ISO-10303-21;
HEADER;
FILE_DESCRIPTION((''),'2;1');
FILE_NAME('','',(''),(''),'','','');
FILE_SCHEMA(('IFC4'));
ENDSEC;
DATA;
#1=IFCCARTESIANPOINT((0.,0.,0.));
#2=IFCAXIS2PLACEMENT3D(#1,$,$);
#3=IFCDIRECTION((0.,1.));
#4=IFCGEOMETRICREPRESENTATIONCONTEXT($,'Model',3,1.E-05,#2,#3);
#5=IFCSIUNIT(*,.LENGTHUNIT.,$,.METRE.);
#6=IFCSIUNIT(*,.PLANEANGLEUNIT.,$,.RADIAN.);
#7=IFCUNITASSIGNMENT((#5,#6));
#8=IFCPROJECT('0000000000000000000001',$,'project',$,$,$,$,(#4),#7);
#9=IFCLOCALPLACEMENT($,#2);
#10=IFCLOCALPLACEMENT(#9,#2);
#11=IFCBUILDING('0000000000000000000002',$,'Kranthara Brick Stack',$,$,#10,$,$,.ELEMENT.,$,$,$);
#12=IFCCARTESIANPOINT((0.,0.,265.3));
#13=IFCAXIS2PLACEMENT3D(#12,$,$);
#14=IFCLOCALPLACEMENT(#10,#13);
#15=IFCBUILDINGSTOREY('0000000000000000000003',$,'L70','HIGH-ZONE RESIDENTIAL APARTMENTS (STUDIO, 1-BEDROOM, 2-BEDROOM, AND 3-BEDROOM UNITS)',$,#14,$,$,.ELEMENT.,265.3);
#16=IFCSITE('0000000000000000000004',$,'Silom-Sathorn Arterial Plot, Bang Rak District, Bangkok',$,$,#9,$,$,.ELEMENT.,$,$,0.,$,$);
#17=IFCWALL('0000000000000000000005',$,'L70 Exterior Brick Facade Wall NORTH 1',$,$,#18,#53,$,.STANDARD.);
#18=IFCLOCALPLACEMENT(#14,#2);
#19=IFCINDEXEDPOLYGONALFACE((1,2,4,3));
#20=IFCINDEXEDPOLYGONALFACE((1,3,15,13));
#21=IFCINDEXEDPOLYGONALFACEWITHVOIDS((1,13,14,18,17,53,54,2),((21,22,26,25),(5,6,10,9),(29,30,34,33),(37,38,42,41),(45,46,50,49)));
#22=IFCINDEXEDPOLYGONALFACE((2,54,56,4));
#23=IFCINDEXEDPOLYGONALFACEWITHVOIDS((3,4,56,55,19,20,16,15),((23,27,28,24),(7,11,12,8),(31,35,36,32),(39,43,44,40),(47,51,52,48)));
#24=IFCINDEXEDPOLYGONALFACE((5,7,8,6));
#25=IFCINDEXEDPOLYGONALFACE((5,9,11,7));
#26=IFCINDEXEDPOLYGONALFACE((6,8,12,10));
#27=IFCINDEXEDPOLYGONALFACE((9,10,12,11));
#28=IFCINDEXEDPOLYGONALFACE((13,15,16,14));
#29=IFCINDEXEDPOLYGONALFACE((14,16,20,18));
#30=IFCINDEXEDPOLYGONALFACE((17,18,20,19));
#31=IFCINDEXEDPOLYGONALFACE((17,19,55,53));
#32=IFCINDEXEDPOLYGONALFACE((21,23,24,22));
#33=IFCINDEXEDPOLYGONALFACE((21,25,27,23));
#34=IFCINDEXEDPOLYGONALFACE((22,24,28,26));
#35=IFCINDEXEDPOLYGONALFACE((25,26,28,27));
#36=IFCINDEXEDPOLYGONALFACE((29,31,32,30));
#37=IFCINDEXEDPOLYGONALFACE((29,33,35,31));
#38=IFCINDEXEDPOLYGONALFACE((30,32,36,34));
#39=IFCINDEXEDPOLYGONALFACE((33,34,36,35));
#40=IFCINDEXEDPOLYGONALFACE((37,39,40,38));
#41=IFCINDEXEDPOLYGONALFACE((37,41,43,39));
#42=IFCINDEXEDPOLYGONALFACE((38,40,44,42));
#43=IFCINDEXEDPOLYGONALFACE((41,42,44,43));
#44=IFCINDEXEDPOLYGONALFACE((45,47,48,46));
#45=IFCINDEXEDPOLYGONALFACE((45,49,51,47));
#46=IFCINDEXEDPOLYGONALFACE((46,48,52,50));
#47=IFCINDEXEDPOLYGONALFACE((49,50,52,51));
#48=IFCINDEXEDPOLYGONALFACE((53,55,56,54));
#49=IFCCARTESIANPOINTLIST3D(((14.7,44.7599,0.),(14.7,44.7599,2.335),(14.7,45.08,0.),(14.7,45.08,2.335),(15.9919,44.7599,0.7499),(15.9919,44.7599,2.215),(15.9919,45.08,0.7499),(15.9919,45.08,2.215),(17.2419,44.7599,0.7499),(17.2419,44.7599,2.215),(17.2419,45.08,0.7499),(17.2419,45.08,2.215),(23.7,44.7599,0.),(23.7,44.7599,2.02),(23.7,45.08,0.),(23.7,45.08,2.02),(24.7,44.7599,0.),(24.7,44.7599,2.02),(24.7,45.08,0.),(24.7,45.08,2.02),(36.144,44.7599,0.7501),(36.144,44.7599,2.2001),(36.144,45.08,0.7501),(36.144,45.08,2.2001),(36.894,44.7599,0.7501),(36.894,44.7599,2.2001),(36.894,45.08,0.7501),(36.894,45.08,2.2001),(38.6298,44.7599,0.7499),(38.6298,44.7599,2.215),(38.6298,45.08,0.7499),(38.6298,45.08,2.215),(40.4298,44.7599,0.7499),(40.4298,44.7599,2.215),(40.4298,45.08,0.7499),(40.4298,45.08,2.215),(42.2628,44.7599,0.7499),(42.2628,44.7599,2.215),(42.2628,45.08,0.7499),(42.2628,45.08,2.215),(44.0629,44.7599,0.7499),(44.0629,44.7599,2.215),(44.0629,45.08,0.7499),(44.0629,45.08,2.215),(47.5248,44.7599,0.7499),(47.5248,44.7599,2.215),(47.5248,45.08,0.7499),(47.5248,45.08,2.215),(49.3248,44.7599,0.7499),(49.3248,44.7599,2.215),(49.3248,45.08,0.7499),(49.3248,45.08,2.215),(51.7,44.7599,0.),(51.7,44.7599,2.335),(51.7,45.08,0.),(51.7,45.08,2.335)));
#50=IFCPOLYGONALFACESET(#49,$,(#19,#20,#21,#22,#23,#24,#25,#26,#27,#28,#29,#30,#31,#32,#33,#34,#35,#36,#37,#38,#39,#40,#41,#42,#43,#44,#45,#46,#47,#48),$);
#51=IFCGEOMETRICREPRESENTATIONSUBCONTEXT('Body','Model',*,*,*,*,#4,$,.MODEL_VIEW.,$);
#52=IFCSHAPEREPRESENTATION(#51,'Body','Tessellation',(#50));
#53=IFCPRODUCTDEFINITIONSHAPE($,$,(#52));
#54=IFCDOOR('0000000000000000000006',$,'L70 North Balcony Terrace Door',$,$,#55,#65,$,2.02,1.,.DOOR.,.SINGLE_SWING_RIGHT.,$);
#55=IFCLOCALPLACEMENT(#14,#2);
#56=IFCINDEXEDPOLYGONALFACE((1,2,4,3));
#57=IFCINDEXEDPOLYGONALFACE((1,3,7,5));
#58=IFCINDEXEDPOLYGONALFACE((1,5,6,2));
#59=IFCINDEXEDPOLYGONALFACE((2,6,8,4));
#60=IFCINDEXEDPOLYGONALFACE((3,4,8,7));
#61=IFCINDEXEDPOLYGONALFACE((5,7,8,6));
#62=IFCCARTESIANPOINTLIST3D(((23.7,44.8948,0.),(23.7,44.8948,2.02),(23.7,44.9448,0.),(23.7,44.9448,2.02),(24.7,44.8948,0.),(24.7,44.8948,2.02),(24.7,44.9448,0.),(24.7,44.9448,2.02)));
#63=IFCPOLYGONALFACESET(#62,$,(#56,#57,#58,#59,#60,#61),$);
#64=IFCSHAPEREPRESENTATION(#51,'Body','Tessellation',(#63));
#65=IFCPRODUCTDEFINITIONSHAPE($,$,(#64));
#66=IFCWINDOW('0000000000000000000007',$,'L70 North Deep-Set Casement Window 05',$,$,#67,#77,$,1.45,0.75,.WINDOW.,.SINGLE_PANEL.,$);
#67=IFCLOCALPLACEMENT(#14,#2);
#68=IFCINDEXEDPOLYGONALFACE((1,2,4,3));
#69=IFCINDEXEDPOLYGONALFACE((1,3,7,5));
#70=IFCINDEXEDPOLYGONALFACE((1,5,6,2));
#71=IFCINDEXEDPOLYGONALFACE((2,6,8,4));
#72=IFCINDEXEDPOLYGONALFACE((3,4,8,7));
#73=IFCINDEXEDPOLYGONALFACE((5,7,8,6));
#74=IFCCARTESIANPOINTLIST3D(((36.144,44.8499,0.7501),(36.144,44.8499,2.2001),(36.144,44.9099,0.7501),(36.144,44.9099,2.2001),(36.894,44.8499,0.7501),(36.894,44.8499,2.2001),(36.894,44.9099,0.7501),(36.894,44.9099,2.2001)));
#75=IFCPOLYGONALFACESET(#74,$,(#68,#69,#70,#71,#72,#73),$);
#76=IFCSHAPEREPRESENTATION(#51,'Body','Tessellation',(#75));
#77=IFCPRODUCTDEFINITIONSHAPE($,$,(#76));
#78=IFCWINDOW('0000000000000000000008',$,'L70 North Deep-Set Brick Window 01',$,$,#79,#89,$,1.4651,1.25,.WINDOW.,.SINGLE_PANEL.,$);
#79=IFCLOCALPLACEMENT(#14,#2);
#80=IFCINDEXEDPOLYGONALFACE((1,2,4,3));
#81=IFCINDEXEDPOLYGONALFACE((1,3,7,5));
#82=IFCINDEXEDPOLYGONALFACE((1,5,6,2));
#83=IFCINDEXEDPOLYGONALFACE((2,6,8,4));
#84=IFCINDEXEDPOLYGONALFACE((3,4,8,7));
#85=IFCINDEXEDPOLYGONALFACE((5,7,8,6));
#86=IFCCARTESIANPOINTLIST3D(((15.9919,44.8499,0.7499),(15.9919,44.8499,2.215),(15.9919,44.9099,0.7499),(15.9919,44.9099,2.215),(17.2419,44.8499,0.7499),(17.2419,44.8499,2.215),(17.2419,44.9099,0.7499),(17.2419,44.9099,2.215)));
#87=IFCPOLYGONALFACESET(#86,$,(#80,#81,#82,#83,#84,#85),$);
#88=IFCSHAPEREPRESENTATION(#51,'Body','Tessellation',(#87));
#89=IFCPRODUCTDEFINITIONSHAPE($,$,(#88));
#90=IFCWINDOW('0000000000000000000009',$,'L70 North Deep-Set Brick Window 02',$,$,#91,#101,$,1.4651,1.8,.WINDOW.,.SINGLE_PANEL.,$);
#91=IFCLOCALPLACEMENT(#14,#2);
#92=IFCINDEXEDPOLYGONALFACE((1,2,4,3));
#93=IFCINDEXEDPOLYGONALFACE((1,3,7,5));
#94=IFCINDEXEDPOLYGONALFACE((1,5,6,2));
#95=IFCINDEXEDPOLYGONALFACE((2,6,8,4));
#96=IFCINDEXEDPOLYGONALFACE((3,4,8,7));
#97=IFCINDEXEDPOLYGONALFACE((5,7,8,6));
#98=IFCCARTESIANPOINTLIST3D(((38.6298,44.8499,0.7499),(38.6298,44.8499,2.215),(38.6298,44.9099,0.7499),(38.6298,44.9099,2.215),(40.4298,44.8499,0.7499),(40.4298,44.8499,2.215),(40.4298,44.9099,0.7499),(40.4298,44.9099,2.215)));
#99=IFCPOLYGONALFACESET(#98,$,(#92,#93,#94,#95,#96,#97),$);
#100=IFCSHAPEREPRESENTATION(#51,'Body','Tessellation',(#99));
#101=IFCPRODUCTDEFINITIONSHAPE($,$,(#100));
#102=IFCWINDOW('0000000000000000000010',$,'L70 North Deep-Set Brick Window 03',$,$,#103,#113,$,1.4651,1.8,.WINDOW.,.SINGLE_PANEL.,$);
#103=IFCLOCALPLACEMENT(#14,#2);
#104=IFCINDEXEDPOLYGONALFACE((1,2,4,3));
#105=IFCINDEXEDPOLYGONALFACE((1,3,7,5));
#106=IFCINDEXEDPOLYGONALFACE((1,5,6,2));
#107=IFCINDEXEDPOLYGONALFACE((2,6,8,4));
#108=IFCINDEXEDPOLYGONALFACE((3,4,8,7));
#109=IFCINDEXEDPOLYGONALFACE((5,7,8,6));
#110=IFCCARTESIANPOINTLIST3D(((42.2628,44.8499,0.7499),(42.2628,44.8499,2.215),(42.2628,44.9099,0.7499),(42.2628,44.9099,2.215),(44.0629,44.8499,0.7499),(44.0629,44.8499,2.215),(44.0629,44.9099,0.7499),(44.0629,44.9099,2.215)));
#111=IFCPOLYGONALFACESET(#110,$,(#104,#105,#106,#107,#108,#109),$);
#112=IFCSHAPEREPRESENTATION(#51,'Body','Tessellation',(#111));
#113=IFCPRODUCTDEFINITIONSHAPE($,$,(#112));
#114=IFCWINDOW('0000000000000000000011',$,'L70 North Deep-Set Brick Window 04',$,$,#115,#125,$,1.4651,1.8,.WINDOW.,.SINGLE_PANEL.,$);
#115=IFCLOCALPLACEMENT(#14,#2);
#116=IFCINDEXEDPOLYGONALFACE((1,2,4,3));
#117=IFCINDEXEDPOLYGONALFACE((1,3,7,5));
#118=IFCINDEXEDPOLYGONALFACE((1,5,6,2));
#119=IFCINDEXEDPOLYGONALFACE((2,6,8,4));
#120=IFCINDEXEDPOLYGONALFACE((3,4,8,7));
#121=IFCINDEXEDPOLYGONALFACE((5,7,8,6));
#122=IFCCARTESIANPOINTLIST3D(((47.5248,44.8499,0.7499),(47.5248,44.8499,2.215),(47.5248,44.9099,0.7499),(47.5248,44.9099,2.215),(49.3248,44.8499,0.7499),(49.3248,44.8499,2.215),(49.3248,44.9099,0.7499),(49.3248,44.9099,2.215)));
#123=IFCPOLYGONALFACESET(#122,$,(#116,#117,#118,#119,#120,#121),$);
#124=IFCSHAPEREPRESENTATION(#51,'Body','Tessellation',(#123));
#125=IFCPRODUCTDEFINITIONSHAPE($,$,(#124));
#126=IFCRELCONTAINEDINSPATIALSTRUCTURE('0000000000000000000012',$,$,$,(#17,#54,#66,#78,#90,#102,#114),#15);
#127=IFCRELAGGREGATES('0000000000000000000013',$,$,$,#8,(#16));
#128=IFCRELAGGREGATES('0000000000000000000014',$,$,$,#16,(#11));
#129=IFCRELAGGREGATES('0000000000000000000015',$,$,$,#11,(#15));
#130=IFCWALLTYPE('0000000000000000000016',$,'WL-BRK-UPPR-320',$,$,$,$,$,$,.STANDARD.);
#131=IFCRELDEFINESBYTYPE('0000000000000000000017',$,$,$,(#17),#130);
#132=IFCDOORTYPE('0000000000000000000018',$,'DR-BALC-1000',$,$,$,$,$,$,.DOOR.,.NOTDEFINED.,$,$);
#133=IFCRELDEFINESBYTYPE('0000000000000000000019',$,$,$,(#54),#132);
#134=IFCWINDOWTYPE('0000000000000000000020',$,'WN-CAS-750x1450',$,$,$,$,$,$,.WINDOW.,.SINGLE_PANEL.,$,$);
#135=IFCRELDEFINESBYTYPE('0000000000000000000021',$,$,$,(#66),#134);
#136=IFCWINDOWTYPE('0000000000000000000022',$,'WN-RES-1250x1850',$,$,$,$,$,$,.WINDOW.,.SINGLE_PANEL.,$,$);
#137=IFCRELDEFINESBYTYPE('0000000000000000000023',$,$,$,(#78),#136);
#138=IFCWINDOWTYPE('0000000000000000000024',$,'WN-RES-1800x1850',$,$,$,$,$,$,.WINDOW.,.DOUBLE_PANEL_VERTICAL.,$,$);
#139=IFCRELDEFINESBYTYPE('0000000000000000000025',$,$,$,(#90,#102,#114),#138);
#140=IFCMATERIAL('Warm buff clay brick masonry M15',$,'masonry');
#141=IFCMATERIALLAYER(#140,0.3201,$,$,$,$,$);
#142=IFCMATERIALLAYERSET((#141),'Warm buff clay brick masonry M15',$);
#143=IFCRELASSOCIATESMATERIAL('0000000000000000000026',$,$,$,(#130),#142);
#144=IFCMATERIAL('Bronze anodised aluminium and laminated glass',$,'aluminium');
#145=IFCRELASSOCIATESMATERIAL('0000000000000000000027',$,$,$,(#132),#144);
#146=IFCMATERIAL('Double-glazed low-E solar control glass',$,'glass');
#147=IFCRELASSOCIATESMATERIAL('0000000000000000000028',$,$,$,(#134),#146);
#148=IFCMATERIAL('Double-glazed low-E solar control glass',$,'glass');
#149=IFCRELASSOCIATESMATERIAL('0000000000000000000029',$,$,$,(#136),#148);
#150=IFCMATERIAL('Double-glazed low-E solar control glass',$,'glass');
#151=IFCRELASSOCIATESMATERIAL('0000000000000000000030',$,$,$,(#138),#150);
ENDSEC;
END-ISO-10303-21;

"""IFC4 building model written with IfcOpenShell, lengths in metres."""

from ifc_helpers import new_model, si_unit, direction, frame, frame_2d, origin, place, context, subcontext, project, spatial, rectangle, extrude, material, layer, layer_set, type_object, element, fill, save


model = new_model("IFC4")

# Units and contexts
model_context = context("Model", 3, precision=1e-05, world=origin(), true_north=direction((0.0, 1.0)))
body_context = subcontext(model_context, "Body", "Model", "MODEL_VIEW")
ifc_project = project(units=[si_unit("LENGTHUNIT", "METRE"), si_unit("PLANEANGLEUNIT", "RADIAN")], contexts=[model_context])

# Site, building, storey
site_placement = place(None, origin())
site = spatial("IfcSite", under=ifc_project, at=site_placement, Name="Silom-Sathorn Arterial Plot, Bang Rak District, Bangkok", CompositionType="ELEMENT", RefElevation=0.0)
building_placement = place(site_placement, origin())
building = spatial("IfcBuilding", under=site, at=building_placement, Name="Kranthara Brick Stack", CompositionType="ELEMENT")
storey_placement = place(building_placement, frame((0.0, 0.0, 265.3)))
storey = spatial("IfcBuildingStorey", under=building, at=storey_placement, Name="L70", Description="HIGH-ZONE RESIDENTIAL APARTMENTS (STUDIO, 1-BEDROOM, 2-BEDROOM, AND 3-BEDROOM UNITS)", CompositionType="ELEMENT", Elevation=265.3)

# Wall, openings, door, windows
ifc_material_1 = material(Name="Warm buff clay brick masonry M15", Category="masonry")
ifc_layer_1 = layer(ifc_material_1, 0.3201)
ifc_layer_set_1 = layer_set([ifc_layer_1], Name="Warm buff clay brick masonry M15")
wall_type_1 = type_object("IfcWallType", Name="WL-BRK-UPPR-320", PredefinedType="STANDARD", material=ifc_layer_set_1)
wall_1_placement = place(storey_placement, frame((14.7, 44.9199, 0.0), z_axis=(0.0, 0.0, 1.0), x_axis=(1.0, 0.0, 0.0)))
wall_1 = element("IfcWall", 1, at=wall_1_placement, inside=storey, type_object=wall_type_1, Name="L70 Exterior Brick Facade Wall NORTH 1", PredefinedType="STANDARD", context=body_context, shape_type="SweptSolid", body=[
    extrude(rectangle(XDim=37.0, YDim=0.3201, at=frame_2d((18.5, 0.0))), origin(), (0.0, 0.0, 1.0), 2.335),
])
opening_1_placement = place(wall_1_placement, frame((9.0, 0.0, 0.0)))
opening_1 = element("IfcOpeningElement", 2, at=opening_1_placement, cuts=wall_1, PredefinedType="OPENING", context=body_context, shape_type="SweptSolid", body=[
    extrude(rectangle(XDim=1.0, YDim=2.02, at=frame_2d((0.5, 1.01))), frame((0.0, 0.1699, 0.0), z_axis=(0.0, -1.0, 0.0), x_axis=(1.0, 0.0, 0.0)), (0.0, 0.0, 1.0), 0.3401),
])
opening_2_placement = place(wall_1_placement, frame((1.292, 0.0, 0.75)))
opening_2 = element("IfcOpeningElement", 3, at=opening_2_placement, cuts=wall_1, PredefinedType="OPENING", context=body_context, shape_type="SweptSolid", body=[
    extrude(rectangle(XDim=1.25, YDim=1.4651, at=frame_2d((0.625, 0.7324))), frame((0.0, 0.1699, 0.0), z_axis=(0.0, -1.0, 0.0), x_axis=(1.0, 0.0, 0.0)), (0.0, 0.0, 1.0), 0.3401),
])
opening_3_placement = place(wall_1_placement, frame((23.9299, 0.0, 0.75)))
opening_3 = element("IfcOpeningElement", 4, at=opening_3_placement, cuts=wall_1, PredefinedType="OPENING", context=body_context, shape_type="SweptSolid", body=[
    extrude(rectangle(XDim=1.8, YDim=1.4651, at=frame_2d((0.8999, 0.7324))), frame((0.0, 0.1699, 0.0), z_axis=(0.0, -1.0, 0.0), x_axis=(1.0, 0.0, 0.0)), (0.0, 0.0, 1.0), 0.3401),
])
opening_4_placement = place(wall_1_placement, frame((27.563, 0.0, 0.75)))
opening_4 = element("IfcOpeningElement", 5, at=opening_4_placement, cuts=wall_1, PredefinedType="OPENING", context=body_context, shape_type="SweptSolid", body=[
    extrude(rectangle(XDim=1.8, YDim=1.4651, at=frame_2d((0.8999, 0.7324))), frame((0.0, 0.1699, 0.0), z_axis=(0.0, -1.0, 0.0), x_axis=(1.0, 0.0, 0.0)), (0.0, 0.0, 1.0), 0.3401),
])
opening_5_placement = place(wall_1_placement, frame((32.825, 0.0, 0.75)))
opening_5 = element("IfcOpeningElement", 6, at=opening_5_placement, cuts=wall_1, PredefinedType="OPENING", context=body_context, shape_type="SweptSolid", body=[
    extrude(rectangle(XDim=1.8, YDim=1.4651, at=frame_2d((0.8999, 0.7324))), frame((0.0, 0.1699, 0.0), z_axis=(0.0, -1.0, 0.0), x_axis=(1.0, 0.0, 0.0)), (0.0, 0.0, 1.0), 0.3401),
])
opening_6_placement = place(wall_1_placement, frame((21.4441, 0.0, 0.75)))
opening_6 = element("IfcOpeningElement", 7, at=opening_6_placement, cuts=wall_1, PredefinedType="OPENING", context=body_context, shape_type="SweptSolid", body=[
    extrude(rectangle(XDim=0.75, YDim=1.45, at=frame_2d((0.375, 0.7251))), frame((0.0, 0.1699, 0.0), z_axis=(0.0, -1.0, 0.0), x_axis=(1.0, 0.0, 0.0)), (0.0, 0.0, 1.0), 0.3401),
])
ifc_material_2 = material(Name="Bronze anodised aluminium and laminated glass", Category="aluminium")
door_type_1 = type_object("IfcDoorType", Name="DR-BALC-1000", OperationType="NOTDEFINED", PredefinedType="DOOR", material=ifc_material_2)
door_1_placement = place(opening_1_placement, origin())
door_1 = element("IfcDoor", 8, at=door_1_placement, inside=storey, type_object=door_type_1, Name="L70 North Balcony Terrace Door", OperationType="SINGLE_SWING_RIGHT", OverallHeight=2.02, OverallWidth=1.0, PredefinedType="DOOR", context=body_context, shape_type="SweptSolid", body=[
    extrude(rectangle(XDim=1.0, YDim=2.02, at=frame_2d((0.5, 1.01))), frame((0.0, 0.0249, 0.0), z_axis=(0.0, -1.0, 0.0), x_axis=(1.0, 0.0, 0.0)), (0.0, 0.0, 1.0), 0.05),
])
fill(opening_1, door_1)
ifc_material_3 = material(Name="Double-glazed low-E solar control glass", Category="glass")
window_type_1 = type_object("IfcWindowType", Name="WN-CAS-750x1450", PartitioningType="SINGLE_PANEL", PredefinedType="WINDOW", material=ifc_material_3)
window_1_placement = place(opening_6_placement, origin())
window_1 = element("IfcWindow", 9, at=window_1_placement, inside=storey, type_object=window_type_1, Name="L70 North Deep-Set Casement Window 05", OverallHeight=1.45, OverallWidth=0.75, PartitioningType="SINGLE_PANEL", PredefinedType="WINDOW", context=body_context, shape_type="SweptSolid", body=[
    extrude(rectangle(XDim=0.75, YDim=1.45, at=frame_2d((0.375, 0.7251))), frame((0.0, -0.01, 0.0), z_axis=(0.0, -1.0, 0.0), x_axis=(1.0, 0.0, 0.0)), (0.0, 0.0, 1.0), 0.0601),
])
fill(opening_6, window_1)
ifc_material_4 = material(Name="Double-glazed low-E solar control glass", Category="glass")
window_type_2 = type_object("IfcWindowType", Name="WN-RES-1250x1850", PartitioningType="SINGLE_PANEL", PredefinedType="WINDOW", material=ifc_material_4)
window_2_placement = place(opening_2_placement, origin())
window_2 = element("IfcWindow", 10, at=window_2_placement, inside=storey, type_object=window_type_2, Name="L70 North Deep-Set Brick Window 01", OverallHeight=1.4651, OverallWidth=1.25, PartitioningType="SINGLE_PANEL", PredefinedType="WINDOW", context=body_context, shape_type="SweptSolid", body=[
    extrude(rectangle(XDim=1.25, YDim=1.4651, at=frame_2d((0.625, 0.7324))), frame((0.0, -0.01, 0.0), z_axis=(0.0, -1.0, 0.0), x_axis=(1.0, 0.0, 0.0)), (0.0, 0.0, 1.0), 0.0601),
])
fill(opening_2, window_2)
ifc_material_5 = material(Name="Double-glazed low-E solar control glass", Category="glass")
window_type_3 = type_object("IfcWindowType", Name="WN-RES-1800x1850", PartitioningType="DOUBLE_PANEL_VERTICAL", PredefinedType="WINDOW", material=ifc_material_5)
window_3_placement = place(opening_3_placement, origin())
window_3 = element("IfcWindow", 11, at=window_3_placement, inside=storey, type_object=window_type_3, Name="L70 North Deep-Set Brick Window 02", OverallHeight=1.4651, OverallWidth=1.8, PartitioningType="SINGLE_PANEL", PredefinedType="WINDOW", context=body_context, shape_type="SweptSolid", body=[
    extrude(rectangle(XDim=1.8, YDim=1.4651, at=frame_2d((0.8999, 0.7324))), frame((0.0, -0.01, 0.0), z_axis=(0.0, -1.0, 0.0), x_axis=(1.0, 0.0, 0.0)), (0.0, 0.0, 1.0), 0.0601),
])
fill(opening_3, window_3)
window_4_placement = place(opening_4_placement, origin())
window_4 = element("IfcWindow", 12, at=window_4_placement, inside=storey, type_object=window_type_3, Name="L70 North Deep-Set Brick Window 03", OverallHeight=1.4651, OverallWidth=1.8, PartitioningType="SINGLE_PANEL", PredefinedType="WINDOW", context=body_context, shape_type="SweptSolid", body=[
    extrude(rectangle(XDim=1.8, YDim=1.4651, at=frame_2d((0.8999, 0.7324))), frame((0.0, -0.01, 0.0), z_axis=(0.0, -1.0, 0.0), x_axis=(1.0, 0.0, 0.0)), (0.0, 0.0, 1.0), 0.0601),
])
fill(opening_4, window_4)
window_5_placement = place(opening_5_placement, origin())
window_5 = element("IfcWindow", 13, at=window_5_placement, inside=storey, type_object=window_type_3, Name="L70 North Deep-Set Brick Window 04", OverallHeight=1.4651, OverallWidth=1.8, PartitioningType="SINGLE_PANEL", PredefinedType="WINDOW", context=body_context, shape_type="SweptSolid", body=[
    extrude(rectangle(XDim=1.8, YDim=1.4651, at=frame_2d((0.8999, 0.7324))), frame((0.0, -0.01, 0.0), z_axis=(0.0, -1.0, 0.0), x_axis=(1.0, 0.0, 0.0)), (0.0, 0.0, 1.0), 0.0601),
])
fill(opening_5, window_5)

save(model, "model.ifc")
